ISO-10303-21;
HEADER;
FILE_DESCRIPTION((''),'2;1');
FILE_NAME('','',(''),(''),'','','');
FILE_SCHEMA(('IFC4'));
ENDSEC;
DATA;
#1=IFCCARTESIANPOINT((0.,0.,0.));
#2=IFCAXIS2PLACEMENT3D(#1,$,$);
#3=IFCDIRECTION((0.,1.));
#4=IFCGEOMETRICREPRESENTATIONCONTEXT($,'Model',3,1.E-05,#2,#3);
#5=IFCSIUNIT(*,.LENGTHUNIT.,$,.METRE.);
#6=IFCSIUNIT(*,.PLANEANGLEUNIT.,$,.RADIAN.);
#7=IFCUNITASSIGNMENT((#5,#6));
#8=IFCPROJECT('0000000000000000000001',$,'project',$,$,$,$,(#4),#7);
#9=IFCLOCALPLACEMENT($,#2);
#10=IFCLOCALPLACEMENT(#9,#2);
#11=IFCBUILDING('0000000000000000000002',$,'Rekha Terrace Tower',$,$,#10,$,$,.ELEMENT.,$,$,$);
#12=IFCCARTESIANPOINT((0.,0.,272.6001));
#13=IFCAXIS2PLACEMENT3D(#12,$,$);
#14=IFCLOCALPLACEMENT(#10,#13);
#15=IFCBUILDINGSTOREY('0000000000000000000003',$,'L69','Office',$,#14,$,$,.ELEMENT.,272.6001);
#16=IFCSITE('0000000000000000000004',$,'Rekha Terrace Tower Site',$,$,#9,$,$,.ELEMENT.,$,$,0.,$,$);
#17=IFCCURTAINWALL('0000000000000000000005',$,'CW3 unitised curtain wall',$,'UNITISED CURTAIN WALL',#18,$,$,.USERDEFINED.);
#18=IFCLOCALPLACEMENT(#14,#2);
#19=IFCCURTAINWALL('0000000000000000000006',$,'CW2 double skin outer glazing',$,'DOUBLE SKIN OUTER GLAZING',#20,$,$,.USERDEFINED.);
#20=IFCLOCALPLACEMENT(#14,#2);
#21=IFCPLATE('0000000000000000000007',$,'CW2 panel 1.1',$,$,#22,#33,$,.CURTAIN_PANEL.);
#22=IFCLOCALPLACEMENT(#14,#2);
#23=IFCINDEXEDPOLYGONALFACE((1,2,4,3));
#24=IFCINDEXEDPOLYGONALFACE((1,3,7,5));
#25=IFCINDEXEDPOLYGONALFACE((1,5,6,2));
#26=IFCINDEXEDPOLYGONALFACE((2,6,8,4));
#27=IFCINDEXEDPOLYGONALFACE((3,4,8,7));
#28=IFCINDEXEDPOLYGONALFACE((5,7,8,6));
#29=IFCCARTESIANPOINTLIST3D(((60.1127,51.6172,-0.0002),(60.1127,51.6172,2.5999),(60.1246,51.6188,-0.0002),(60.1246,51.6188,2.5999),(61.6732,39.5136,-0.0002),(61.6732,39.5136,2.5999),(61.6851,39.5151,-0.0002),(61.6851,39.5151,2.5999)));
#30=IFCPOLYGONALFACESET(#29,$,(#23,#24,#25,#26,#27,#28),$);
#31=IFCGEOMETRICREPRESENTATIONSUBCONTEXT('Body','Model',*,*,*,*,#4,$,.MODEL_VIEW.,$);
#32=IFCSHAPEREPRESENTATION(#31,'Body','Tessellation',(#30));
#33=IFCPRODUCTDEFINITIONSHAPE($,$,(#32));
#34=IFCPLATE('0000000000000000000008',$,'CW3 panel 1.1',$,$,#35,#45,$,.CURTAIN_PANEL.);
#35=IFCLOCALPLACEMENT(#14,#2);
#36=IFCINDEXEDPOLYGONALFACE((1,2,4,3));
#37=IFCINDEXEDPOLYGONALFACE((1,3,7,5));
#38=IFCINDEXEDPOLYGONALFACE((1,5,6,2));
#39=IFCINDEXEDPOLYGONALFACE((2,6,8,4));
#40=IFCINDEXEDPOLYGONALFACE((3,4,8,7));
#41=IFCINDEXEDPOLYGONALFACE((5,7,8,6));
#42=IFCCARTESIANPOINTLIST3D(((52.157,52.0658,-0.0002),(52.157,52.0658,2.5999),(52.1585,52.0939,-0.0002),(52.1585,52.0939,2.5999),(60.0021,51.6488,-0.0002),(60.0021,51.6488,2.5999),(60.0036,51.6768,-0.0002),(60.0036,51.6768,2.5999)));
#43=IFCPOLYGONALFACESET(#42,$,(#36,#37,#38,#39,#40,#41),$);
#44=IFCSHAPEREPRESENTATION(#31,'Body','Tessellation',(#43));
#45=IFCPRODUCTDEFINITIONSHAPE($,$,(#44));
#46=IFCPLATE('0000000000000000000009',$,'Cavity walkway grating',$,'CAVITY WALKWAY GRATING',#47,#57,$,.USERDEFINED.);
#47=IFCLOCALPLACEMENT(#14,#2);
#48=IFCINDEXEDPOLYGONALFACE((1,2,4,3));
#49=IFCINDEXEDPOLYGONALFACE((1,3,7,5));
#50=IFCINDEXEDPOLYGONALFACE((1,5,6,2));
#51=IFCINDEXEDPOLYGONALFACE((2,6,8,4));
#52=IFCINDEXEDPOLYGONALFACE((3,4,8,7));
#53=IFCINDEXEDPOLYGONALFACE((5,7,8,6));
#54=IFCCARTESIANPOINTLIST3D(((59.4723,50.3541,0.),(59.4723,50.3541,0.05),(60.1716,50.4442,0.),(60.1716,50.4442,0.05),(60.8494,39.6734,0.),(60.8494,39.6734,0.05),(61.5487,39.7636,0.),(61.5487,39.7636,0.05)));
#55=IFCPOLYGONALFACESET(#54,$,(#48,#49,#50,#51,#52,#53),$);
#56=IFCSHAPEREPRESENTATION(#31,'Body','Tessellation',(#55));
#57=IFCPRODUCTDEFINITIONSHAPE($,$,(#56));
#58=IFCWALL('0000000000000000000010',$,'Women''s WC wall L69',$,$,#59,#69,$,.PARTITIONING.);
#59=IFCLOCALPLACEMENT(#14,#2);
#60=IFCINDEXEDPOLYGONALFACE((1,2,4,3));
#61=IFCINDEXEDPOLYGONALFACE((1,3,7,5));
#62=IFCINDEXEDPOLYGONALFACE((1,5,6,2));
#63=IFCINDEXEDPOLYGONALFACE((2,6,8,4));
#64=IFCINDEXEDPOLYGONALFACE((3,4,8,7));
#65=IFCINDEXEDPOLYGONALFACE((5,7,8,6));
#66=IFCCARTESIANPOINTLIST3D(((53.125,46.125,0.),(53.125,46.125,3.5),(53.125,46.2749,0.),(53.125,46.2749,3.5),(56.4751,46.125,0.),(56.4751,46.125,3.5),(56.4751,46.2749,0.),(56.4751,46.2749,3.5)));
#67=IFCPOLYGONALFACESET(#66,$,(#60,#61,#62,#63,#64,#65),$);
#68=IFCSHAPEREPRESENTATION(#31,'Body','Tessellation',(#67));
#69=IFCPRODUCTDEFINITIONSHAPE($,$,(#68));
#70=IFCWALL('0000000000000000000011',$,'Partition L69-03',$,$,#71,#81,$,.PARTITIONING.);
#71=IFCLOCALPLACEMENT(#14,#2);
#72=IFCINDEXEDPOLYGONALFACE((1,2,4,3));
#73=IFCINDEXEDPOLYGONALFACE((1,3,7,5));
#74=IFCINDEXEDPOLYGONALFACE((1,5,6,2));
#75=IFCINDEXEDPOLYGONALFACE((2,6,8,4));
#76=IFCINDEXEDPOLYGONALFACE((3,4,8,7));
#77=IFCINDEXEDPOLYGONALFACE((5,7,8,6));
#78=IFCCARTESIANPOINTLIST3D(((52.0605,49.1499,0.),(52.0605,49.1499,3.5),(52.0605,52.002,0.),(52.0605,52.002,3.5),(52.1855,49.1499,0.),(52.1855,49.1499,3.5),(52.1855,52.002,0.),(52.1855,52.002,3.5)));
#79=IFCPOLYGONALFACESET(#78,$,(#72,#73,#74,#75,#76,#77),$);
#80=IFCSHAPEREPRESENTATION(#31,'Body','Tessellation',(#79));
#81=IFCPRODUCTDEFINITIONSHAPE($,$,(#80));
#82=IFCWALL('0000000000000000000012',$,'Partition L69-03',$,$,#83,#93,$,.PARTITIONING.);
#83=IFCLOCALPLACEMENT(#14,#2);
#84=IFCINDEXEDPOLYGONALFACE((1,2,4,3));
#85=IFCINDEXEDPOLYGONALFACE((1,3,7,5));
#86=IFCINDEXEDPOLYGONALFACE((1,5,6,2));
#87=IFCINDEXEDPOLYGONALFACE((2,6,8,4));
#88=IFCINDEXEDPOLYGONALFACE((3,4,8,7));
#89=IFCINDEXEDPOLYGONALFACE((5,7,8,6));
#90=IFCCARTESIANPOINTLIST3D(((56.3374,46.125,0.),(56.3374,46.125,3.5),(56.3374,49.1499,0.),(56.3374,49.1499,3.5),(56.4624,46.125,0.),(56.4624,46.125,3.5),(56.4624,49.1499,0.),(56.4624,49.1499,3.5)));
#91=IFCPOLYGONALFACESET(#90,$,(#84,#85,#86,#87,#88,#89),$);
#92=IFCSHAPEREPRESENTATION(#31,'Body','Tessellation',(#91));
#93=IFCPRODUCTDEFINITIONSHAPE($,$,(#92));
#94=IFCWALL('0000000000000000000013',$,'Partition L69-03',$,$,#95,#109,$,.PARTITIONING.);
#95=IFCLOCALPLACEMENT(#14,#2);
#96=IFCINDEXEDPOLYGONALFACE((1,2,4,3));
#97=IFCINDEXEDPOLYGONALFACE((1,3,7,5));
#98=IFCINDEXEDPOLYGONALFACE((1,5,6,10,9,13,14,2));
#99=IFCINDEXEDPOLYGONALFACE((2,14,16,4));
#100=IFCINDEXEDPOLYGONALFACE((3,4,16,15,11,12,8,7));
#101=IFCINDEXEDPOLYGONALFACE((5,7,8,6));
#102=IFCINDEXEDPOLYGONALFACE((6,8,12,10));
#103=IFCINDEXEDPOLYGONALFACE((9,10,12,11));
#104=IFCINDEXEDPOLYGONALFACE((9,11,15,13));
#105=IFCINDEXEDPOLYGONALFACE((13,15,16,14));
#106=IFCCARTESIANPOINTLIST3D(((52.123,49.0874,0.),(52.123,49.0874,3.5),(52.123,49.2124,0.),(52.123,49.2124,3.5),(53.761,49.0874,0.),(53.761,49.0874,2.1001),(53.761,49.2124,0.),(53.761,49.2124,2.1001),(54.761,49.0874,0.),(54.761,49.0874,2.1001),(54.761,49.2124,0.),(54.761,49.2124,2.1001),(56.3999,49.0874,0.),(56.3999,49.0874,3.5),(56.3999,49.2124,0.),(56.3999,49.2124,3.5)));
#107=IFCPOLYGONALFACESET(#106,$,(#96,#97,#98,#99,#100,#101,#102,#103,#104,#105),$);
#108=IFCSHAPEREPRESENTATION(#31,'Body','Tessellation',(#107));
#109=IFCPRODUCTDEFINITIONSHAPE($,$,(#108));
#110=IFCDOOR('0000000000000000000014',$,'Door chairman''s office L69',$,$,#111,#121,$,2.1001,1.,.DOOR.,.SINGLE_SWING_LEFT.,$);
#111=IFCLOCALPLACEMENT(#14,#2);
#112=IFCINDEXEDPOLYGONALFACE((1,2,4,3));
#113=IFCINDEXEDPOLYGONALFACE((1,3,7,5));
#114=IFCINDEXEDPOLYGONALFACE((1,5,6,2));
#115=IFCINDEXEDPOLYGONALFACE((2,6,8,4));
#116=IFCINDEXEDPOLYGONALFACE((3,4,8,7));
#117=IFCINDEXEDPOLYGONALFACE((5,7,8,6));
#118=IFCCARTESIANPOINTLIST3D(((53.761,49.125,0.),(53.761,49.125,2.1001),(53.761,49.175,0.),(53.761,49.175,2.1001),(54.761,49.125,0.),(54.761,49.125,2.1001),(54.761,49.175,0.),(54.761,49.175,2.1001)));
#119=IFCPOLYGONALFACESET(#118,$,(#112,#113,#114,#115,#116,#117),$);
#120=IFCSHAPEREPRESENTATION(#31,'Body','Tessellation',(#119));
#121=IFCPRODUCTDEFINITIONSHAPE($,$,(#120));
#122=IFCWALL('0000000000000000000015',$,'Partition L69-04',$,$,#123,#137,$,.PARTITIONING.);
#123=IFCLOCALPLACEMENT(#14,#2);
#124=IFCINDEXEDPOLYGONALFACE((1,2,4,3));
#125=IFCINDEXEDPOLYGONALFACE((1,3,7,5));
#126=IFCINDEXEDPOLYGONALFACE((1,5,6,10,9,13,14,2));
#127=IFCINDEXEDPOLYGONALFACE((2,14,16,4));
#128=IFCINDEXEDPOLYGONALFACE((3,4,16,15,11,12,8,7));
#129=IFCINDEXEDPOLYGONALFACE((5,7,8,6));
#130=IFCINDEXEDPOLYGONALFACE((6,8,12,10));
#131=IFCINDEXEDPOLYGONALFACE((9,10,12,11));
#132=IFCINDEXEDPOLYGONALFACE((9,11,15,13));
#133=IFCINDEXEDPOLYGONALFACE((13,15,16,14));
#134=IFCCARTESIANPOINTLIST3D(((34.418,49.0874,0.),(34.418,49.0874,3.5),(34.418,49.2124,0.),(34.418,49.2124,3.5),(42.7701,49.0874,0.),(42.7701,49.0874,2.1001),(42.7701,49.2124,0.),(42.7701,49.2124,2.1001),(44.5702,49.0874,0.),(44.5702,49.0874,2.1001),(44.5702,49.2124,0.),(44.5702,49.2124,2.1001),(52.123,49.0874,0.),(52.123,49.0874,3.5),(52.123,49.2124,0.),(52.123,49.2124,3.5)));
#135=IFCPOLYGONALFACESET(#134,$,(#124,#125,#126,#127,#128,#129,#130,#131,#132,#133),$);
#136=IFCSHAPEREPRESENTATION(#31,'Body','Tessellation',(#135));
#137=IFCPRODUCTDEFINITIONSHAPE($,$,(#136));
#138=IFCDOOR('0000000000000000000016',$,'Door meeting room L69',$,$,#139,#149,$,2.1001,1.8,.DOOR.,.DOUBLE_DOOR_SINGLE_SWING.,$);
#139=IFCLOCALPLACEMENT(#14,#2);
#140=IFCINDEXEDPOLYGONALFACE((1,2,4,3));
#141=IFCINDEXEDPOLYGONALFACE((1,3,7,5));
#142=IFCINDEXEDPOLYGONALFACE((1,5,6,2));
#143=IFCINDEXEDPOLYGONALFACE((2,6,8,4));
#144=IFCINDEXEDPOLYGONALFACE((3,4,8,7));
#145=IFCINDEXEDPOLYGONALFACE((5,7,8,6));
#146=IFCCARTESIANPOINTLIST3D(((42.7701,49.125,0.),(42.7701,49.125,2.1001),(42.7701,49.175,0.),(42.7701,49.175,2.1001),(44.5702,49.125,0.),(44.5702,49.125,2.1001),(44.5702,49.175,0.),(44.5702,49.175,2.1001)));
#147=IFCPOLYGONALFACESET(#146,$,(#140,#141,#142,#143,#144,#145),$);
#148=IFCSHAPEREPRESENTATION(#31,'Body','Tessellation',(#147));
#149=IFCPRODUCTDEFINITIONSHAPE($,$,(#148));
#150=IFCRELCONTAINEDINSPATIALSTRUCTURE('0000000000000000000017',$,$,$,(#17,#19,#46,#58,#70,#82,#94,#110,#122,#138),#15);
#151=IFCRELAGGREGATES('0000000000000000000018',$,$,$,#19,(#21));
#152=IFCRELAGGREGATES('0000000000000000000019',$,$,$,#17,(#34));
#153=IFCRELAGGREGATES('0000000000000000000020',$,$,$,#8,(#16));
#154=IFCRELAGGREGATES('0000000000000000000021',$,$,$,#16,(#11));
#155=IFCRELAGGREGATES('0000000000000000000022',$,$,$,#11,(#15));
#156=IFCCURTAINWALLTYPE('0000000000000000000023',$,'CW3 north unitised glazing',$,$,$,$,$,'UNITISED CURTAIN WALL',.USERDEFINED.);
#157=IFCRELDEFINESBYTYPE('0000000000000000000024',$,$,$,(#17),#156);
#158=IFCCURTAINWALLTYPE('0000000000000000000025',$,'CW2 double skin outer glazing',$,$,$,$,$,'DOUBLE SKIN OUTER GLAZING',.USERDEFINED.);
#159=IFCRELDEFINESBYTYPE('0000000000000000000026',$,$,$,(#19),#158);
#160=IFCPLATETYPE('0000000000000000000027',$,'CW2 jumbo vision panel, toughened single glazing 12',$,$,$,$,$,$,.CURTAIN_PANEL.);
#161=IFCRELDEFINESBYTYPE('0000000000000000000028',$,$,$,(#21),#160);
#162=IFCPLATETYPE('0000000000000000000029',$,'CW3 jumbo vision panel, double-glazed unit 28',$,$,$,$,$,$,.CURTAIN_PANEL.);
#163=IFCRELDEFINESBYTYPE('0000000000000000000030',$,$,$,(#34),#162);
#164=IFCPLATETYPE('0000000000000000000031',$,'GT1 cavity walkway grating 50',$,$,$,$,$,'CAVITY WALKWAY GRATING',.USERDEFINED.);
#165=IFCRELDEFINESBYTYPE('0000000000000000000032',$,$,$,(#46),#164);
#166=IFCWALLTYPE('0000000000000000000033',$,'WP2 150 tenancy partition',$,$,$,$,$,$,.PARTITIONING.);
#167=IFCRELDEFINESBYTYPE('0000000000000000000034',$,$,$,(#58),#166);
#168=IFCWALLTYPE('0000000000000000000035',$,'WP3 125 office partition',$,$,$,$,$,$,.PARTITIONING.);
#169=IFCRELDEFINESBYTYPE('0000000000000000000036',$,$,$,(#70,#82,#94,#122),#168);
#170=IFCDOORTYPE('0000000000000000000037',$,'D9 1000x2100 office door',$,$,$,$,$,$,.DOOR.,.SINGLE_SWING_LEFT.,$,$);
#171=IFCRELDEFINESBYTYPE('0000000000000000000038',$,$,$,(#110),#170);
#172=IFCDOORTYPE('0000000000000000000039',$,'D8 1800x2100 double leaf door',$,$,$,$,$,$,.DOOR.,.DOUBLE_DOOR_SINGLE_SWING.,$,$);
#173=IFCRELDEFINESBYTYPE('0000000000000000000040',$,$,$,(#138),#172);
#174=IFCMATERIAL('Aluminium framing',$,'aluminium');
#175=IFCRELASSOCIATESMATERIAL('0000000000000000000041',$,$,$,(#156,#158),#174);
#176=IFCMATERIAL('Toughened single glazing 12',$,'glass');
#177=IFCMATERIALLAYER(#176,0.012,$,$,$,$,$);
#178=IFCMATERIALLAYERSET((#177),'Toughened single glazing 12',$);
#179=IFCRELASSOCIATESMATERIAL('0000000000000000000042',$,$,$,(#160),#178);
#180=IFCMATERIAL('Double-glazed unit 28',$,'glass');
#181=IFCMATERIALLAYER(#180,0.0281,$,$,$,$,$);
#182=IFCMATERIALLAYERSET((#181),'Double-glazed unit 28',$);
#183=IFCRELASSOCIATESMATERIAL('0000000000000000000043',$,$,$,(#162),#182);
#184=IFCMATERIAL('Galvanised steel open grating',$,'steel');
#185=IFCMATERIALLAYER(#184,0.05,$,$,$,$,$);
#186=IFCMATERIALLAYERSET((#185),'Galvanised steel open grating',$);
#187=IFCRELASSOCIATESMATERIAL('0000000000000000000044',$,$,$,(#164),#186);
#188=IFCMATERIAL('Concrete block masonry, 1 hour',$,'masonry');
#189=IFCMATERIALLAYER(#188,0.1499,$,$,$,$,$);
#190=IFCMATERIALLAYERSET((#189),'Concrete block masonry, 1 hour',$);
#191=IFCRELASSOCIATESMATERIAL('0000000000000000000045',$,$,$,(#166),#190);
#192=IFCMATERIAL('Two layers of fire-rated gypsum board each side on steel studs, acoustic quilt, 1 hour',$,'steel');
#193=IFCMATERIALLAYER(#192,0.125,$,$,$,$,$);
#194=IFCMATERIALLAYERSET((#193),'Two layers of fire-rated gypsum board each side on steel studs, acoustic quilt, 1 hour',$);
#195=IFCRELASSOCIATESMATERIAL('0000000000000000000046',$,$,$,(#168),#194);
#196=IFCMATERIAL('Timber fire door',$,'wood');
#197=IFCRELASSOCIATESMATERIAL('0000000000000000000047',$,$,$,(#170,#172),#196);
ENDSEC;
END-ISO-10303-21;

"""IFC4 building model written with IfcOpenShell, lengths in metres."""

from ifc_helpers import new_model, si_unit, direction, frame, frame_2d, origin, origin_2d, place, context, subcontext, project, spatial, rectangle, extrude, material, layer, layer_set, type_object, element, fill, aggregate, save


model = new_model("IFC4")

# Units and contexts
model_context = context("Model", 3, precision=1e-05, world=origin(), true_north=direction((0.0, 1.0)))
body_context = subcontext(model_context, "Body", "Model", "MODEL_VIEW")
ifc_project = project(units=[si_unit("LENGTHUNIT", "METRE"), si_unit("PLANEANGLEUNIT", "RADIAN")], contexts=[model_context])

# Site, building, storey
site_placement = place(None, origin())
site = spatial("IfcSite", under=ifc_project, at=site_placement, Name="Rekha Terrace Tower Site", CompositionType="ELEMENT", RefElevation=0.0)
building_placement = place(site_placement, origin())
building = spatial("IfcBuilding", under=site, at=building_placement, Name="Rekha Terrace Tower", CompositionType="ELEMENT")
storey_placement = place(building_placement, frame((0.0, 0.0, 272.6001)))
storey = spatial("IfcBuildingStorey", under=building, at=storey_placement, Name="L69", Description="Office", CompositionType="ELEMENT", Elevation=272.6001)

# Curtain walls
ifc_material_1 = material(Name="Aluminium framing", Category="aluminium")
curtain_wall_type_1 = type_object("IfcCurtainWallType", Name="CW3 north unitised glazing", ElementType="UNITISED CURTAIN WALL", PredefinedType="USERDEFINED", material=ifc_material_1)
curtain_wall_1_placement = place(storey_placement, origin())
curtain_wall_1 = element("IfcCurtainWall", 1, at=curtain_wall_1_placement, inside=storey, type_object=curtain_wall_type_1, Name="CW3 unitised curtain wall", ObjectType="UNITISED CURTAIN WALL", PredefinedType="USERDEFINED")
curtain_wall_type_2 = type_object("IfcCurtainWallType", Name="CW2 double skin outer glazing", ElementType="DOUBLE SKIN OUTER GLAZING", PredefinedType="USERDEFINED", material=ifc_material_1)
curtain_wall_2_placement = place(storey_placement, origin())
curtain_wall_2 = element("IfcCurtainWall", 2, at=curtain_wall_2_placement, inside=storey, type_object=curtain_wall_type_2, Name="CW2 double skin outer glazing", ObjectType="DOUBLE SKIN OUTER GLAZING", PredefinedType="USERDEFINED")

# Plates
ifc_material_2 = material(Name="Toughened single glazing 12", Category="glass")
ifc_layer_1 = layer(ifc_material_2, 0.012)
ifc_layer_set_1 = layer_set([ifc_layer_1], Name="Toughened single glazing 12")
plate_type_1 = type_object("IfcPlateType", Name="CW2 jumbo vision panel, toughened single glazing 12", PredefinedType="CURTAIN_PANEL", material=ifc_layer_set_1)
plate_1_placement = place(storey_placement, frame((60.8989, 45.5662, -0.0002), z_axis=(0.0, 0.0, 1.0), x_axis=(-0.12787, 0.991791, 0.0)))
plate_1 = element("IfcPlate", 3, at=plate_1_placement, type_object=plate_type_1, Name="CW2 panel 1.1", PredefinedType="CURTAIN_PANEL", context=body_context, shape_type="SweptSolid", body=[
    extrude(rectangle(XDim=12.2039, YDim=0.012, at=origin_2d()), origin(), (0.0, 0.0, 1.0), 2.6001),
])
aggregate(curtain_wall_2, [plate_1])
ifc_material_3 = material(Name="Double-glazed unit 28", Category="glass")
ifc_layer_2 = layer(ifc_material_3, 0.0281)
ifc_layer_set_2 = layer_set([ifc_layer_2], Name="Double-glazed unit 28")
plate_type_2 = type_object("IfcPlateType", Name="CW3 jumbo vision panel, double-glazed unit 28", PredefinedType="CURTAIN_PANEL", material=ifc_layer_set_2)
plate_2_placement = place(storey_placement, frame((56.0803, 51.8713, -0.0002), z_axis=(0.0, 0.0, 1.0), x_axis=(-0.99859, 0.053083, 0.0)))
plate_2 = element("IfcPlate", 4, at=plate_2_placement, type_object=plate_type_2, Name="CW3 panel 1.1", PredefinedType="CURTAIN_PANEL", context=body_context, shape_type="SweptSolid", body=[
    extrude(rectangle(XDim=7.8562, YDim=0.0281, at=origin_2d()), origin(), (0.0, 0.0, 1.0), 2.6001),
])
aggregate(curtain_wall_1, [plate_2])
ifc_material_4 = material(Name="Galvanised steel open grating", Category="steel")
ifc_layer_3 = layer(ifc_material_4, 0.05)
ifc_layer_set_3 = layer_set([ifc_layer_3], Name="Galvanised steel open grating")
plate_type_3 = type_object("IfcPlateType", Name="GT1 cavity walkway grating 50", ElementType="CAVITY WALKWAY GRATING", PredefinedType="USERDEFINED", material=ifc_layer_set_3)
plate_3_placement = place(storey_placement, frame((60.5105, 45.0588, 0.0), z_axis=(0.0, 0.0, 1.0), x_axis=(-0.12787, 0.991791, 0.0)))
element("IfcPlate", 5, at=plate_3_placement, inside=storey, type_object=plate_type_3, Name="Cavity walkway grating", ObjectType="CAVITY WALKWAY GRATING", PredefinedType="USERDEFINED", context=body_context, shape_type="SweptSolid", body=[
    extrude(rectangle(XDim=10.769, YDim=0.7051, at=origin_2d()), origin(), (0.0, 0.0, 1.0), 0.05),
])

# Walls
ifc_material_5 = material(Name="Concrete block masonry, 1 hour", Category="masonry")
ifc_layer_4 = layer(ifc_material_5, 0.1499)
ifc_layer_set_4 = layer_set([ifc_layer_4], Name="Concrete block masonry, 1 hour")
wall_type_1 = type_object("IfcWallType", Name="WP2 150 tenancy partition", PredefinedType="PARTITIONING", material=ifc_layer_set_4)
wall_1_placement = place(storey_placement, frame((53.125, 46.2, 0.0), z_axis=(0.0, 0.0, 1.0), x_axis=(1.0, 0.0, 0.0)))
element("IfcWall", 6, at=wall_1_placement, inside=storey, type_object=wall_type_1, Name="Women's WC wall L69", PredefinedType="PARTITIONING", context=body_context, shape_type="SweptSolid", body=[
    extrude(rectangle(XDim=3.3501, YDim=0.1499, at=frame_2d((1.675, 0.0))), origin(), (0.0, 0.0, 1.0), 3.5),
])
ifc_material_6 = material(Name="Two layers of fire-rated gypsum board each side on steel studs, acoustic quilt, 1 hour", Category="steel")
ifc_layer_5 = layer(ifc_material_6, 0.125)
ifc_layer_set_5 = layer_set([ifc_layer_5], Name="Two layers of fire-rated gypsum board each side on steel studs, acoustic quilt, 1 hour")
wall_type_2 = type_object("IfcWallType", Name="WP3 125 office partition", PredefinedType="PARTITIONING", material=ifc_layer_set_5)
wall_2_placement = place(storey_placement, frame((52.123, 49.1499, 0.0), z_axis=(0.0, 0.0, 1.0), x_axis=(0.0, 1.0, 0.0)))
element("IfcWall", 7, at=wall_2_placement, inside=storey, type_object=wall_type_2, Name="Partition L69-03", PredefinedType="PARTITIONING", context=body_context, shape_type="SweptSolid", body=[
    extrude(rectangle(XDim=2.8521, YDim=0.125, at=frame_2d((1.426, 0.0))), origin(), (0.0, 0.0, 1.0), 3.5),
])
wall_3_placement = place(storey_placement, frame((56.3999, 46.125, 0.0), z_axis=(0.0, 0.0, 1.0), x_axis=(0.0, 1.0, 0.0)))
element("IfcWall", 8, at=wall_3_placement, inside=storey, type_object=wall_type_2, Name="Partition L69-03", PredefinedType="PARTITIONING", context=body_context, shape_type="SweptSolid", body=[
    extrude(rectangle(XDim=3.0249, YDim=0.125, at=frame_2d((1.5125, 0.0))), origin(), (0.0, 0.0, 1.0), 3.5),
])

# Walls, openings, doors
wall_4_placement = place(storey_placement, frame((56.3999, 49.1499, 0.0), z_axis=(0.0, 0.0, 1.0), x_axis=(-1.0, 0.0, 0.0)))
wall_4 = element("IfcWall", 9, at=wall_4_placement, inside=storey, type_object=wall_type_2, Name="Partition L69-03", PredefinedType="PARTITIONING", context=body_context, shape_type="SweptSolid", body=[
    extrude(rectangle(XDim=4.2769, YDim=0.125, at=frame_2d((2.1384, 0.0))), origin(), (0.0, 0.0, 1.0), 3.5),
])
opening_1_placement = place(wall_4_placement, frame((1.6389, 0.0, 0.0)))
opening_1 = element("IfcOpeningElement", 10, at=opening_1_placement, cuts=wall_4, PredefinedType="OPENING", context=body_context, shape_type="SweptSolid", body=[
    extrude(rectangle(XDim=1.0, YDim=2.1001, at=frame_2d((0.5, 1.05))), frame((0.0, 0.0725, 0.0), z_axis=(0.0, -1.0, 0.0), x_axis=(1.0, 0.0, 0.0)), (0.0, 0.0, 1.0), 0.145),
])
ifc_material_7 = material(Name="Timber fire door", Category="wood")
door_type_1 = type_object("IfcDoorType", Name="D9 1000x2100 office door", OperationType="SINGLE_SWING_LEFT", PredefinedType="DOOR", material=ifc_material_7)
door_1_placement = place(opening_1_placement, origin())
door_1 = element("IfcDoor", 11, at=door_1_placement, inside=storey, type_object=door_type_1, Name="Door chairman's office L69", OperationType="SINGLE_SWING_LEFT", OverallHeight=2.1001, OverallWidth=1.0, PredefinedType="DOOR", context=body_context, shape_type="SweptSolid", body=[
    extrude(rectangle(XDim=1.0, YDim=2.1001, at=frame_2d((0.5, 1.05))), frame((0.0, 0.0249, 0.0), z_axis=(0.0, -1.0, 0.0), x_axis=(1.0, 0.0, 0.0)), (0.0, 0.0, 1.0), 0.05),
])
fill(opening_1, door_1)
wall_5_placement = place(storey_placement, frame((52.123, 49.1499, 0.0), z_axis=(0.0, 0.0, 1.0), x_axis=(-1.0, 0.0, 0.0)))
wall_5 = element("IfcWall", 12, at=wall_5_placement, inside=storey, type_object=wall_type_2, Name="Partition L69-04", PredefinedType="PARTITIONING", context=body_context, shape_type="SweptSolid", body=[
    extrude(rectangle(XDim=17.7051, YDim=0.125, at=frame_2d((8.8525, 0.0))), origin(), (0.0, 0.0, 1.0), 3.5),
])
opening_2_placement = place(wall_5_placement, frame((7.553, 0.0, 0.0)))
opening_2 = element("IfcOpeningElement", 13, at=opening_2_placement, cuts=wall_5, PredefinedType="OPENING", context=body_context, shape_type="SweptSolid", body=[
    extrude(rectangle(XDim=1.8, YDim=2.1001, at=frame_2d((0.8999, 1.05))), frame((0.0, 0.0725, 0.0), z_axis=(0.0, -1.0, 0.0), x_axis=(1.0, 0.0, 0.0)), (0.0, 0.0, 1.0), 0.145),
])
door_type_2 = type_object("IfcDoorType", Name="D8 1800x2100 double leaf door", OperationType="DOUBLE_DOOR_SINGLE_SWING", PredefinedType="DOOR", material=ifc_material_7)
door_2_placement = place(opening_2_placement, origin())
door_2 = element("IfcDoor", 14, at=door_2_placement, inside=storey, type_object=door_type_2, Name="Door meeting room L69", OperationType="DOUBLE_DOOR_SINGLE_SWING", OverallHeight=2.1001, OverallWidth=1.8, PredefinedType="DOOR", context=body_context, shape_type="SweptSolid", body=[
    extrude(rectangle(XDim=1.8, YDim=2.1001, at=frame_2d((0.8999, 1.05))), frame((0.0, 0.0249, 0.0), z_axis=(0.0, -1.0, 0.0), x_axis=(1.0, 0.0, 0.0)), (0.0, 0.0, 1.0), 0.05),
])
fill(opening_2, door_2)

save(model, "model.ifc")
